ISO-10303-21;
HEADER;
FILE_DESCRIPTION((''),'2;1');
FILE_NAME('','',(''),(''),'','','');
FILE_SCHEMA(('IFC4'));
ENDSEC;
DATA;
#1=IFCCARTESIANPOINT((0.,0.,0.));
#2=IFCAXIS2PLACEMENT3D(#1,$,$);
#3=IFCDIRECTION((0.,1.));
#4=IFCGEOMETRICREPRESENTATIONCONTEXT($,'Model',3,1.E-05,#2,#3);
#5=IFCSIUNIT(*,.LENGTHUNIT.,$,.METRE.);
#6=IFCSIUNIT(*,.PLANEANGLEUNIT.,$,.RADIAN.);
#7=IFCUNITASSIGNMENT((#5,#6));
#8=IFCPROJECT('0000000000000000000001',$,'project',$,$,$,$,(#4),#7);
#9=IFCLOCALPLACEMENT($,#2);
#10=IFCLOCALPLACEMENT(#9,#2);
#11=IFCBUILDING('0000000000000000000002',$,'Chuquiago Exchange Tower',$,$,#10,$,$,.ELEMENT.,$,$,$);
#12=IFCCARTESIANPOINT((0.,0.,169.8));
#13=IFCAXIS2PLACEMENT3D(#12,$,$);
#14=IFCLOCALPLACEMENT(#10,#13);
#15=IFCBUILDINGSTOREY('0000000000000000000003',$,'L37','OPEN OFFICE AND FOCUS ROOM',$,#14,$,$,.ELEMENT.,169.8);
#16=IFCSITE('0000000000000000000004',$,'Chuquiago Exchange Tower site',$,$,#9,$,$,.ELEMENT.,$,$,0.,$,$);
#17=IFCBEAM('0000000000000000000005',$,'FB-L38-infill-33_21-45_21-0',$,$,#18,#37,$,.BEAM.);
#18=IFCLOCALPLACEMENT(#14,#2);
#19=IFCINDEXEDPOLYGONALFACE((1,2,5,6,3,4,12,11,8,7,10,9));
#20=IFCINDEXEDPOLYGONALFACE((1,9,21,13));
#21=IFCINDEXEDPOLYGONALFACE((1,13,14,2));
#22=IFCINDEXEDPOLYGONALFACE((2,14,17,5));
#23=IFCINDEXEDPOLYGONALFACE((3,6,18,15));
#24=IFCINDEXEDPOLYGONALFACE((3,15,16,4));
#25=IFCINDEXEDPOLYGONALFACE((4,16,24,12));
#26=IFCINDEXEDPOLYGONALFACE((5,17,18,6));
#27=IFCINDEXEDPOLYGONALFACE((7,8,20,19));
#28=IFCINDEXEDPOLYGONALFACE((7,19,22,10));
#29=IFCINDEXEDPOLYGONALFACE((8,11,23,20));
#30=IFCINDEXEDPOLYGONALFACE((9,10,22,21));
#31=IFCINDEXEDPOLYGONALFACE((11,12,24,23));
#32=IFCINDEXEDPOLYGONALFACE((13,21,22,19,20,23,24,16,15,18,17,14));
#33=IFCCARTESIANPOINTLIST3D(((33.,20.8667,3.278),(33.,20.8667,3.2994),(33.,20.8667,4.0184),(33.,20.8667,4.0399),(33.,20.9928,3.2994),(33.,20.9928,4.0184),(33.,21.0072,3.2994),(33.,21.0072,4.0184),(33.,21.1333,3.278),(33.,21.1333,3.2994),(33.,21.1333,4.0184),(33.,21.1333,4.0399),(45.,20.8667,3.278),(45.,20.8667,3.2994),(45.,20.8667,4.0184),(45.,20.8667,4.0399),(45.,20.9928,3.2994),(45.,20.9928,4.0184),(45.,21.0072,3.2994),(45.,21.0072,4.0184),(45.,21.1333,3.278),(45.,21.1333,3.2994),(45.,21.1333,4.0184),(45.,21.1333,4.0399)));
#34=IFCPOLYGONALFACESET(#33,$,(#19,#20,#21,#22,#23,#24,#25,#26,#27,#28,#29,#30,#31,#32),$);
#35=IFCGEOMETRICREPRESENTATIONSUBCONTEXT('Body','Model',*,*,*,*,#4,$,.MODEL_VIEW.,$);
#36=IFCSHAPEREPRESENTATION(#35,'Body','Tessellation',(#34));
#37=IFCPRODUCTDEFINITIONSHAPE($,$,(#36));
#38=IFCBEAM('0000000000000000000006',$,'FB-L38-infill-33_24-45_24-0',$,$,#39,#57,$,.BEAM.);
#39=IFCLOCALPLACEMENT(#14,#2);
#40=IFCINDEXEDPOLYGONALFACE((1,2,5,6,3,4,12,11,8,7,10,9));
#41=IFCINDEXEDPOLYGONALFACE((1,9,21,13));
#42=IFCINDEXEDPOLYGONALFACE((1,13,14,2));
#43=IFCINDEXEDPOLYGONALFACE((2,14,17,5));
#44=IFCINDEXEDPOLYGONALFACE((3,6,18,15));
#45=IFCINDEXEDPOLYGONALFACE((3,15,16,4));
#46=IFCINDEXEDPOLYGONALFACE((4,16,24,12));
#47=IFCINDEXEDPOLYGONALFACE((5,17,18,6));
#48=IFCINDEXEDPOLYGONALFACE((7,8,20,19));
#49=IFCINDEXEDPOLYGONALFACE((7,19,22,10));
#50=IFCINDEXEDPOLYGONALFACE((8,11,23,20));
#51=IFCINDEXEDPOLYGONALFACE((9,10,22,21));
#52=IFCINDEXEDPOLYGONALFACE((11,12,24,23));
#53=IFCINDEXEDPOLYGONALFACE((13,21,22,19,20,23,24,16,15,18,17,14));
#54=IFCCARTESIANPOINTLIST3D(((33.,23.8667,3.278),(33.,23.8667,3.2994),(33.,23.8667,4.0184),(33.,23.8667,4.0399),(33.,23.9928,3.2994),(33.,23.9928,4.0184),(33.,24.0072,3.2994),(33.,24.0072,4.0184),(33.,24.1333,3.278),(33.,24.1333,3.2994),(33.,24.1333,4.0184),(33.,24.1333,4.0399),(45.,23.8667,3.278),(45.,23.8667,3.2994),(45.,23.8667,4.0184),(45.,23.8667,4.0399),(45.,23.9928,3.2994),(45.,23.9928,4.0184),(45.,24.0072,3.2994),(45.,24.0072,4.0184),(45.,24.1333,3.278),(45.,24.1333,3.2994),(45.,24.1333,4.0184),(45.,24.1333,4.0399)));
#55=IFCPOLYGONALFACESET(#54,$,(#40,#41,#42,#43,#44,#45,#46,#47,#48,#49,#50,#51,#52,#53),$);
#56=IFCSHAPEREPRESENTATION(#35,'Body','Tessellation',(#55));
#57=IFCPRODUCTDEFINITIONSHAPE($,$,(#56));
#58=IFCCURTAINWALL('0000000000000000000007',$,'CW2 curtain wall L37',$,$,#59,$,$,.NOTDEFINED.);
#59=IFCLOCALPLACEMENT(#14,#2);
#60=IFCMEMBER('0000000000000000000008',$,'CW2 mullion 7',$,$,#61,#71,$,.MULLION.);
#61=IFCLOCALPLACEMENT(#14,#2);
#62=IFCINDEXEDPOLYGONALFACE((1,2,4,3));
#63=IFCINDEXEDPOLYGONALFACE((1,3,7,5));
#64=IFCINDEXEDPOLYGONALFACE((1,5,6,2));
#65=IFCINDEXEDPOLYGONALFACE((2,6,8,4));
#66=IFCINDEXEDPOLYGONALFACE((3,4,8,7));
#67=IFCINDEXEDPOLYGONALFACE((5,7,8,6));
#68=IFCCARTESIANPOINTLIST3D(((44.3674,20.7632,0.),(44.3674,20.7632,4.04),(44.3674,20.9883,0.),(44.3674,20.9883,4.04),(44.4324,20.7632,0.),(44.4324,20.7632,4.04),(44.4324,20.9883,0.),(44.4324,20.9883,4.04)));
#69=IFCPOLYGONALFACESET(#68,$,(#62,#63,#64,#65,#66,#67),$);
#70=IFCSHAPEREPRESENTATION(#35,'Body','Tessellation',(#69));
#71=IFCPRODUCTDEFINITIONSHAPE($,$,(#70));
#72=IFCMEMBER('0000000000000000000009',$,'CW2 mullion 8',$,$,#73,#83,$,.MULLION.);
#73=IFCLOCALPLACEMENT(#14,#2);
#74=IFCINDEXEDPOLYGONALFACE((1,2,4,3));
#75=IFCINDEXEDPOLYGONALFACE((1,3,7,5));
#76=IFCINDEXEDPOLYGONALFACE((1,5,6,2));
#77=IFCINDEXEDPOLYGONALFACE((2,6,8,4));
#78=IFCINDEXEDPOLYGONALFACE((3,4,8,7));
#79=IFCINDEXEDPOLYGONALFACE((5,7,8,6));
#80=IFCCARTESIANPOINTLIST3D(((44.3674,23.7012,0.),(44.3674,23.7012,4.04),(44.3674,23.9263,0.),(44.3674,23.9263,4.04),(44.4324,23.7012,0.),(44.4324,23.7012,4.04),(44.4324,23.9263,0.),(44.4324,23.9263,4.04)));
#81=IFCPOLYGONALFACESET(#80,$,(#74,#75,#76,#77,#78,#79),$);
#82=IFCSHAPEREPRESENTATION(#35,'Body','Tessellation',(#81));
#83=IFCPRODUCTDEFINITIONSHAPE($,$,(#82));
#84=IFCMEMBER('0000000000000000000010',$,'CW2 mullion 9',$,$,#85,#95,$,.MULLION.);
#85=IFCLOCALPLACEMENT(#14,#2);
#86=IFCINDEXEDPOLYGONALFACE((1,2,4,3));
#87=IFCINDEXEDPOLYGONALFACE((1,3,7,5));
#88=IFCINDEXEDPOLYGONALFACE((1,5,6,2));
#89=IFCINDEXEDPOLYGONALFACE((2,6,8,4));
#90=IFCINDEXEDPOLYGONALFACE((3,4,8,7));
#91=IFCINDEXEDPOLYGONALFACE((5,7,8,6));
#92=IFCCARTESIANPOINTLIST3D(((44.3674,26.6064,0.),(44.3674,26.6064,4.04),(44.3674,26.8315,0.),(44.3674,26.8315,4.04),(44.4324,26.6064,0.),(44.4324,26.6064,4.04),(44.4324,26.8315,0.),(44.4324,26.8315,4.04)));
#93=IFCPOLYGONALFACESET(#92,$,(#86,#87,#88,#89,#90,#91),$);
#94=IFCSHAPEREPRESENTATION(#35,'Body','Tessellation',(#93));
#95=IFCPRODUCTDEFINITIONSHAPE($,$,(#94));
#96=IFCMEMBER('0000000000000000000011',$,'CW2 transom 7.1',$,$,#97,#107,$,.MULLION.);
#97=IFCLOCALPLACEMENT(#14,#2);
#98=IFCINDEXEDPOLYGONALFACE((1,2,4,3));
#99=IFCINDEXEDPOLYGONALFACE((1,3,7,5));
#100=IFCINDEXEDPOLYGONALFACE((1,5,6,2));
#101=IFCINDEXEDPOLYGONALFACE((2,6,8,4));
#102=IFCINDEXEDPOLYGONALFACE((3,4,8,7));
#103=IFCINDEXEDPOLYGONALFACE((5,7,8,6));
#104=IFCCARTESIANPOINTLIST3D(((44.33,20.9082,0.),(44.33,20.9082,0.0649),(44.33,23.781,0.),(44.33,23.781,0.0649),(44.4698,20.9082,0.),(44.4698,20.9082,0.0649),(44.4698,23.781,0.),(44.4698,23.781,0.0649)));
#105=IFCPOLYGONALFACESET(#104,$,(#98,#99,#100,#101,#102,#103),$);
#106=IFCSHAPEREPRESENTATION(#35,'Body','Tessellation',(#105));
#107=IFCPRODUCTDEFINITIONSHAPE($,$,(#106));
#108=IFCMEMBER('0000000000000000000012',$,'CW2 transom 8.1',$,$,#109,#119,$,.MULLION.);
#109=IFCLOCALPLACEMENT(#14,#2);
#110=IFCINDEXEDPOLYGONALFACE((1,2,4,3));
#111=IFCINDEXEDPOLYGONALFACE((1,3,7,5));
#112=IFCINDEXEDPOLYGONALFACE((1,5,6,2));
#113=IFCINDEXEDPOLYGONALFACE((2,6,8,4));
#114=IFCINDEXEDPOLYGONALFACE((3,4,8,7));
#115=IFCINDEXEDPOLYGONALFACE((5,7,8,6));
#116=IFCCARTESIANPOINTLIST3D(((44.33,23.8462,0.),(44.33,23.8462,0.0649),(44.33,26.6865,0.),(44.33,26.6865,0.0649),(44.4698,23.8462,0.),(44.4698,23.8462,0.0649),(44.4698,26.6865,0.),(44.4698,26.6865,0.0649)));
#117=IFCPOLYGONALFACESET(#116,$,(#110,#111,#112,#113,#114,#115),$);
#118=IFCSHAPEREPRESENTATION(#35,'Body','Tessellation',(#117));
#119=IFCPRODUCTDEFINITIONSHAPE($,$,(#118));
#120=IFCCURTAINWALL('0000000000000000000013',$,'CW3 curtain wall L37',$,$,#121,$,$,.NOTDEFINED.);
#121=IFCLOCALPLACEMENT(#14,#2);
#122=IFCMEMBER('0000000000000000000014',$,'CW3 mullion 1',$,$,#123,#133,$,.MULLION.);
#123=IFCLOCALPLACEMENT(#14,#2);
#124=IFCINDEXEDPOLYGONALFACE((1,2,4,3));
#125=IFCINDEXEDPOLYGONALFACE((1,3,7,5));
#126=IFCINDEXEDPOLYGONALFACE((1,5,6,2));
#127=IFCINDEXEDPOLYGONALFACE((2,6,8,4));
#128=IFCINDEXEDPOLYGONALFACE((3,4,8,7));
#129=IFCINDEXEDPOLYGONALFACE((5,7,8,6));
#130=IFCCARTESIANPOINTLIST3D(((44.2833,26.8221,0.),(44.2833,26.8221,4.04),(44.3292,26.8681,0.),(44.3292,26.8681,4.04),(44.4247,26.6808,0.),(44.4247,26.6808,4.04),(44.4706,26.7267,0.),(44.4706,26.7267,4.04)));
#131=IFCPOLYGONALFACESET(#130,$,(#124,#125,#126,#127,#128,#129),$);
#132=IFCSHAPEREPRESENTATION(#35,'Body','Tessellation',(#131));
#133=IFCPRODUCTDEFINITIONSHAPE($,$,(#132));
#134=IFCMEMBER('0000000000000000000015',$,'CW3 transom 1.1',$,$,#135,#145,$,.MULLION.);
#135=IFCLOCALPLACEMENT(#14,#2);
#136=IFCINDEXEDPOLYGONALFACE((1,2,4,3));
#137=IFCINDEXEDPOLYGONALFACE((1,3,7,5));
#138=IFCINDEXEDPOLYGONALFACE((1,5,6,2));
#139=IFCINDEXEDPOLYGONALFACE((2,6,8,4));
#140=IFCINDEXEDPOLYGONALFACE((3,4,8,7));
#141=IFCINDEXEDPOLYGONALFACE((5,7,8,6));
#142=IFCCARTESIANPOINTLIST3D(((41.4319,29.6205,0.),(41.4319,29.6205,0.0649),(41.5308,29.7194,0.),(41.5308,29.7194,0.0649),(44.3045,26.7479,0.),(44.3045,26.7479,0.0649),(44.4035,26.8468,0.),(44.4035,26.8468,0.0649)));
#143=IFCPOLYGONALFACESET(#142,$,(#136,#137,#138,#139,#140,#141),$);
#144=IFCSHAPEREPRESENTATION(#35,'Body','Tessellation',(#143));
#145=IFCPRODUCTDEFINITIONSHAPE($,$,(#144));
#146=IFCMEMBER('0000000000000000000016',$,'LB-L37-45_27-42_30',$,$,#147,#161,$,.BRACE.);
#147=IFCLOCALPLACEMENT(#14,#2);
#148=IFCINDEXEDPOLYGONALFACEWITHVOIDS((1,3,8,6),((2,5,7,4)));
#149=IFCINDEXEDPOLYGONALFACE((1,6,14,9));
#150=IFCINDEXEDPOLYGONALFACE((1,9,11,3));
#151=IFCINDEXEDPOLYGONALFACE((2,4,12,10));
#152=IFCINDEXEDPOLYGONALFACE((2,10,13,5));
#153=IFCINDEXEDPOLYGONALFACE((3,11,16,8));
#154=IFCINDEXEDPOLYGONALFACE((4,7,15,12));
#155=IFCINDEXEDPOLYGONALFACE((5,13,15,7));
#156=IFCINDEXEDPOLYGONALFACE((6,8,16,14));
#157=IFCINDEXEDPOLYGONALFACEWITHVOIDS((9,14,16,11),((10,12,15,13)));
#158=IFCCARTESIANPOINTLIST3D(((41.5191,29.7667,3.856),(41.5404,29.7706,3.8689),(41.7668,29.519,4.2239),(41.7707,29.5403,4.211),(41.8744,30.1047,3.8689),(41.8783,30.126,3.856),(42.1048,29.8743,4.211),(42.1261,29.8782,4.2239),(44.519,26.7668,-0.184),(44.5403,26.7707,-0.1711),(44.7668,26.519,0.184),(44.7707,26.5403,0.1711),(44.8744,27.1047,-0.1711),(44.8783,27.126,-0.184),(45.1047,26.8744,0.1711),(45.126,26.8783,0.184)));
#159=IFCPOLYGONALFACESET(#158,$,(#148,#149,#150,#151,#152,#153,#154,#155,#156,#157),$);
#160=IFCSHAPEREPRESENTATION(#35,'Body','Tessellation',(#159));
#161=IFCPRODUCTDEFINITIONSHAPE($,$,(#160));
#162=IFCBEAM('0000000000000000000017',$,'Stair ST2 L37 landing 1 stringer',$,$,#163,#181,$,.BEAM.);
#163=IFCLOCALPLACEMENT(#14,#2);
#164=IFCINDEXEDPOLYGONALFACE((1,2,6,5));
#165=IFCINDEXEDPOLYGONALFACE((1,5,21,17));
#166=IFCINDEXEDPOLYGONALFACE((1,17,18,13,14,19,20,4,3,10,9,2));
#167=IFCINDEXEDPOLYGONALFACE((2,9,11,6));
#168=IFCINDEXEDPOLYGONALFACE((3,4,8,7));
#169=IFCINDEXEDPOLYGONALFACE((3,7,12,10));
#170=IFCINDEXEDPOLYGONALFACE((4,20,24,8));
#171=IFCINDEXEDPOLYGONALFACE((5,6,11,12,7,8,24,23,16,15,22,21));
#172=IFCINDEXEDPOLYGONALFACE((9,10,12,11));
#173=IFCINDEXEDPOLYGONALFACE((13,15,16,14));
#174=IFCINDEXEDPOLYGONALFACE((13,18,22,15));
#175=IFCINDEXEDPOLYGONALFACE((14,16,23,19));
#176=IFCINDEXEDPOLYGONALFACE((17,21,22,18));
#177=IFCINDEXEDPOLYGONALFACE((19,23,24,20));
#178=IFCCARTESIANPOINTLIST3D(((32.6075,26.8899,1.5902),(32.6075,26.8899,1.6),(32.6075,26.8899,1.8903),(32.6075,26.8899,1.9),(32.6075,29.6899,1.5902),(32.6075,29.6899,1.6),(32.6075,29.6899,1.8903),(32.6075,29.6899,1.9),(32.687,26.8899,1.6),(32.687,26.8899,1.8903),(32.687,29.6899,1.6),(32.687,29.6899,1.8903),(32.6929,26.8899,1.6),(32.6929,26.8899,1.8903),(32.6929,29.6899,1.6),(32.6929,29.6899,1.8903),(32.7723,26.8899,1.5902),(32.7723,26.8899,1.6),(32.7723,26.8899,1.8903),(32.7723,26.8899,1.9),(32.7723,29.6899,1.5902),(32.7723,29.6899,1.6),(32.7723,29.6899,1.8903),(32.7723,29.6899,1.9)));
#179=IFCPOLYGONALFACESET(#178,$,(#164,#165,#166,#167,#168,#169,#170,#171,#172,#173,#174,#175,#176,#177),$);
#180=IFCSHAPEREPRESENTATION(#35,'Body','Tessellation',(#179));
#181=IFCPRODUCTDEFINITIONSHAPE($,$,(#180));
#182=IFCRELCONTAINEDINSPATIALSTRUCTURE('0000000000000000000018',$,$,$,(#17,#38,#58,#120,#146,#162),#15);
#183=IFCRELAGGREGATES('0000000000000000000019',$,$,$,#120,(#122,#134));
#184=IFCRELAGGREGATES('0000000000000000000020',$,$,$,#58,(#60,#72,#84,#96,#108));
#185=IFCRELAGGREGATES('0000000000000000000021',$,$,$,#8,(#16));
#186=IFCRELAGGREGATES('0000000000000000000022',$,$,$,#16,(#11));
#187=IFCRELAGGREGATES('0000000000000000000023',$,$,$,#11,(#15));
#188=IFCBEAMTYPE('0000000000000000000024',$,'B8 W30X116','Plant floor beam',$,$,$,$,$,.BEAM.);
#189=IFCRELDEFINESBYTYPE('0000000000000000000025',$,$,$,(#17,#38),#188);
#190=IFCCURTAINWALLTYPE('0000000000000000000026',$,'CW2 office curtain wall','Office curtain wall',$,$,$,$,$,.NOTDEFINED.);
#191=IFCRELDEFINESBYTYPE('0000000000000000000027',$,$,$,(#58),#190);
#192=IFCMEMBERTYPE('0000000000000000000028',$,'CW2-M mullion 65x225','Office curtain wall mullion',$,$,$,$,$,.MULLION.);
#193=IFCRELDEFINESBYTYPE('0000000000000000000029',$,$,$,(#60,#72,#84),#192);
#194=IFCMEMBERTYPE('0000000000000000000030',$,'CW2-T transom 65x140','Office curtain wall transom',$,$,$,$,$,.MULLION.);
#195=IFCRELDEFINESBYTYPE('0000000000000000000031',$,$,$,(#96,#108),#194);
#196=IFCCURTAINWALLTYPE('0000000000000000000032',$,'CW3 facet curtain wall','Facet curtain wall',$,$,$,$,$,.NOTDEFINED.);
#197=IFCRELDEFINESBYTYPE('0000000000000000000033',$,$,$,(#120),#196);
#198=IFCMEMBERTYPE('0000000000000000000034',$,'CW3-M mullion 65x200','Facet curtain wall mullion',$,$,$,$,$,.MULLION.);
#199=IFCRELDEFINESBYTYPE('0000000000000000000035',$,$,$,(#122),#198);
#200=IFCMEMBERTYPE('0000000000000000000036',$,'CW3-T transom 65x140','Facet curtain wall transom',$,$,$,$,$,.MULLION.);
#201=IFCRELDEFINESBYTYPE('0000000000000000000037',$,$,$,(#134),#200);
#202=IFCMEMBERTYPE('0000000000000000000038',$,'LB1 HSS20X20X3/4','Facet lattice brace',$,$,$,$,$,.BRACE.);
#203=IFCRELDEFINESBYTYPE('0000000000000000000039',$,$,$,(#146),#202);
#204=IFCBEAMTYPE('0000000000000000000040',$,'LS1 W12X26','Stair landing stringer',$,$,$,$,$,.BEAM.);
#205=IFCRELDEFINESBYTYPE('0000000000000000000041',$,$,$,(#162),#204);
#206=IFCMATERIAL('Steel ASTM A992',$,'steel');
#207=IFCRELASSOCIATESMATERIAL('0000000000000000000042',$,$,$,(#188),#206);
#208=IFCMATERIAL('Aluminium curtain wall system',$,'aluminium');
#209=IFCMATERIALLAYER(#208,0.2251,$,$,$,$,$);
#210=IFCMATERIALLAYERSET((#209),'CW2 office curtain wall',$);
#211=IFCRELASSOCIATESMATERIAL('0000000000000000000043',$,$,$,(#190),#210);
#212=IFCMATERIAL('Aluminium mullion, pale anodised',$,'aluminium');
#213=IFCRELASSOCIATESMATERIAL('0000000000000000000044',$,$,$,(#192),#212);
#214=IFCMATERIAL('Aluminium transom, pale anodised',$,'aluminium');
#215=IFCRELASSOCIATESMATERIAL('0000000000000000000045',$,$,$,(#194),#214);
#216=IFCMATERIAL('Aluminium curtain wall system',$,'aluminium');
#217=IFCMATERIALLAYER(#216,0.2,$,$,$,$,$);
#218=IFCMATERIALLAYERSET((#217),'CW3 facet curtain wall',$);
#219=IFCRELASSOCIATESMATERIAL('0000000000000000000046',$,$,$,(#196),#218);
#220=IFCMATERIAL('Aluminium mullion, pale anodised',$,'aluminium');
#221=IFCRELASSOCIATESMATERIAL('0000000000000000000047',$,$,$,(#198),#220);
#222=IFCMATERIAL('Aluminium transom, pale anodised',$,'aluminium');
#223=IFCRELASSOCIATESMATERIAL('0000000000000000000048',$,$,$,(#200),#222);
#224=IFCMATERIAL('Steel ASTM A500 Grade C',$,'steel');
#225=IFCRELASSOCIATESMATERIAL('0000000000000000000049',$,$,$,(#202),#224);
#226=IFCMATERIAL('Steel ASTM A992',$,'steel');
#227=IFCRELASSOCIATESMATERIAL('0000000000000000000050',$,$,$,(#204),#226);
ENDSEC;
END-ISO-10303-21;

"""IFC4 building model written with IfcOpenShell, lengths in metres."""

from ifc_helpers import new_model, si_unit, direction, frame, origin, origin_2d, place, context, subcontext, project, spatial, rectangle, hollow_rectangle, i_section, extrude, material, layer, layer_set, material_profile, profile_set, type_object, element, aggregate, save


model = new_model("IFC4")

# Units and contexts
model_context = context("Model", 3, precision=1e-05, world=origin(), true_north=direction((0.0, 1.0)))
body_context = subcontext(model_context, "Body", "Model", "MODEL_VIEW")
ifc_project = project(units=[si_unit("LENGTHUNIT", "METRE"), si_unit("PLANEANGLEUNIT", "RADIAN")], contexts=[model_context])

# Site, building, storey
site_placement = place(None, origin())
site = spatial("IfcSite", under=ifc_project, at=site_placement, Name="Chuquiago Exchange Tower site", CompositionType="ELEMENT", RefElevation=0.0)
building_placement = place(site_placement, origin())
building = spatial("IfcBuilding", under=site, at=building_placement, Name="Chuquiago Exchange Tower", CompositionType="ELEMENT")
storey_placement = place(building_placement, frame((0.0, 0.0, 169.8)))
storey = spatial("IfcBuildingStorey", under=building, at=storey_placement, Name="L37", Description="OPEN OFFICE AND FOCUS ROOM", CompositionType="ELEMENT", Elevation=169.8)

# Beams
ifc_material_1 = material(Name="Steel ASTM A992", Category="steel")
ifc_material_profile_1 = material_profile(ifc_material_1, i_section(OverallWidth=0.2666, OverallDepth=0.762, WebThickness=0.0144, FlangeThickness=0.0215, at=origin_2d()), Name="W30X116")
ifc_profile_set_1 = profile_set([ifc_material_profile_1], Name="Steel ASTM A992")
beam_type_1 = type_object("IfcBeamType", Name="B8 W30X116", Description="Plant floor beam", PredefinedType="BEAM", material=ifc_profile_set_1)
for number, where, z_axis, x_axis, name in (
    (1, (33.0, 21.0, 3.6589), (1.0, 0.0, 0.0), (0.0, 1.0, 0.0), "FB-L38-infill-33_21-45_21-0"),
    (2, (33.0, 24.0, 3.6589), (1.0, 0.0, 0.0), (0.0, 1.0, 0.0), "FB-L38-infill-33_24-45_24-0"),
):
    element("IfcBeam", number, at=place(storey_placement, frame(where, z_axis=z_axis, x_axis=x_axis)), inside=storey, type_object=beam_type_1, Name=name, PredefinedType="BEAM", context=body_context, shape_type="SweptSolid", body=[
        extrude(i_section(OverallWidth=0.2666, OverallDepth=0.762, WebThickness=0.0144, FlangeThickness=0.0215, at=origin_2d()), origin(), (0.0, 0.0, 1.0), 12.0),
    ])

# Curtain walls, members
ifc_material_2 = material(Name="Aluminium curtain wall system", Category="aluminium")
ifc_layer_1 = layer(ifc_material_2, 0.2251)
ifc_layer_set_1 = layer_set([ifc_layer_1], Name="CW2 office curtain wall")
curtain_wall_type_1 = type_object("IfcCurtainWallType", Name="CW2 office curtain wall", Description="Office curtain wall", PredefinedType="NOTDEFINED", material=ifc_layer_set_1)
curtain_wall_1_placement = place(storey_placement, origin())
curtain_wall_1 = element("IfcCurtainWall", 3, at=curtain_wall_1_placement, inside=storey, type_object=curtain_wall_type_1, Name="CW2 curtain wall L37", PredefinedType="NOTDEFINED")
ifc_material_3 = material(Name="Aluminium mullion, pale anodised", Category="aluminium")
ifc_material_profile_2 = material_profile(ifc_material_3, rectangle(XDim=0.0649, YDim=0.2251, at=origin_2d()), Name="AL 65x225")
ifc_profile_set_2 = profile_set([ifc_material_profile_2], Name="Aluminium mullion, pale anodised")
member_type_1 = type_object("IfcMemberType", Name="CW2-M mullion 65x225", Description="Office curtain wall mullion", PredefinedType="MULLION", material=ifc_profile_set_2)
member_1_placement = place(storey_placement, frame((44.3999, 20.8757, 0.0), z_axis=(0.0, 0.0, 1.0), x_axis=(-1.0, 0.0, 0.0)))
member_1 = element("IfcMember", 4, at=member_1_placement, type_object=member_type_1, Name="CW2 mullion 7", PredefinedType="MULLION", context=body_context, shape_type="SweptSolid", body=[
    extrude(rectangle(XDim=0.0649, YDim=0.2251, at=origin_2d()), origin(), (0.0, 0.0, 1.0), 4.04),
])
member_2_placement = place(storey_placement, frame((44.3999, 23.8137, 0.0), z_axis=(0.0, 0.0, 1.0), x_axis=(-1.0, 0.0, 0.0)))
member_2 = element("IfcMember", 5, at=member_2_placement, type_object=member_type_1, Name="CW2 mullion 8", PredefinedType="MULLION", context=body_context, shape_type="SweptSolid", body=[
    extrude(rectangle(XDim=0.0649, YDim=0.2251, at=origin_2d()), origin(), (0.0, 0.0, 1.0), 4.04),
])
member_3_placement = place(storey_placement, frame((44.3999, 26.719, 0.0), z_axis=(0.0, 0.0, 1.0), x_axis=(-1.0, 0.0, 0.0)))
member_3 = element("IfcMember", 6, at=member_3_placement, type_object=member_type_1, Name="CW2 mullion 9", PredefinedType="MULLION", context=body_context, shape_type="SweptSolid", body=[
    extrude(rectangle(XDim=0.0649, YDim=0.2251, at=origin_2d()), origin(), (0.0, 0.0, 1.0), 4.04),
])
ifc_material_4 = material(Name="Aluminium transom, pale anodised", Category="aluminium")
ifc_material_profile_3 = material_profile(ifc_material_4, rectangle(XDim=0.1399, YDim=0.0649, at=origin_2d()), Name="AL 140x65")
ifc_profile_set_3 = profile_set([ifc_material_profile_3], Name="Aluminium transom, pale anodised")
member_type_2 = type_object("IfcMemberType", Name="CW2-T transom 65x140", Description="Office curtain wall transom", PredefinedType="MULLION", material=ifc_profile_set_3)
member_4_placement = place(storey_placement, frame((44.3999, 20.9082, 0.0325), z_axis=(0.0, 1.0, 0.0), x_axis=(-1.0, 0.0, 0.0)))
member_4 = element("IfcMember", 7, at=member_4_placement, type_object=member_type_2, Name="CW2 transom 7.1", PredefinedType="MULLION", context=body_context, shape_type="SweptSolid", body=[
    extrude(rectangle(XDim=0.1399, YDim=0.0649, at=origin_2d()), origin(), (0.0, 0.0, 1.0), 2.8728),
])
member_5_placement = place(storey_placement, frame((44.3999, 23.8462, 0.0325), z_axis=(0.0, 1.0, 0.0), x_axis=(-1.0, 0.0, 0.0)))
member_5 = element("IfcMember", 8, at=member_5_placement, type_object=member_type_2, Name="CW2 transom 8.1", PredefinedType="MULLION", context=body_context, shape_type="SweptSolid", body=[
    extrude(rectangle(XDim=0.1399, YDim=0.0649, at=origin_2d()), origin(), (0.0, 0.0, 1.0), 2.8403),
])
ifc_material_5 = material(Name="Aluminium curtain wall system", Category="aluminium")
ifc_layer_2 = layer(ifc_material_5, 0.2)
ifc_layer_set_2 = layer_set([ifc_layer_2], Name="CW3 facet curtain wall")
curtain_wall_type_2 = type_object("IfcCurtainWallType", Name="CW3 facet curtain wall", Description="Facet curtain wall", PredefinedType="NOTDEFINED", material=ifc_layer_set_2)
curtain_wall_2_placement = place(storey_placement, origin())
curtain_wall_2 = element("IfcCurtainWall", 9, at=curtain_wall_2_placement, inside=storey, type_object=curtain_wall_type_2, Name="CW3 curtain wall L37", PredefinedType="NOTDEFINED")
ifc_material_6 = material(Name="Aluminium mullion, pale anodised", Category="aluminium")
ifc_material_profile_4 = material_profile(ifc_material_6, rectangle(XDim=0.0649, YDim=0.2, at=origin_2d()), Name="AL 65x200")
ifc_profile_set_4 = profile_set([ifc_material_profile_4], Name="Aluminium mullion, pale anodised")
member_type_3 = type_object("IfcMemberType", Name="CW3-M mullion 65x200", Description="Facet curtain wall mullion", PredefinedType="MULLION", material=ifc_profile_set_4)
member_6_placement = place(storey_placement, frame((44.377, 26.7744, 0.0), z_axis=(0.0, 0.0, 1.0), x_axis=(-0.707107, -0.707107, 0.0)))
member_6 = element("IfcMember", 10, at=member_6_placement, type_object=member_type_3, Name="CW3 mullion 1", PredefinedType="MULLION", context=body_context, shape_type="SweptSolid", body=[
    extrude(rectangle(XDim=0.0649, YDim=0.2, at=origin_2d()), origin(), (0.0, 0.0, 1.0), 4.04),
])
ifc_material_7 = material(Name="Aluminium transom, pale anodised", Category="aluminium")
ifc_material_profile_5 = material_profile(ifc_material_7, rectangle(XDim=0.1399, YDim=0.0649, at=origin_2d()), Name="AL 140x65")
ifc_profile_set_5 = profile_set([ifc_material_profile_5], Name="Aluminium transom, pale anodised")
member_type_4 = type_object("IfcMemberType", Name="CW3-T transom 65x140", Description="Facet curtain wall transom", PredefinedType="MULLION", material=ifc_profile_set_5)
member_7_placement = place(storey_placement, frame((44.354, 26.7974, 0.0325), z_axis=(-0.707107, 0.707107, 0.0), x_axis=(-0.707107, -0.707107, 0.0)))
member_7 = element("IfcMember", 11, at=member_7_placement, type_object=member_type_4, Name="CW3 transom 1.1", PredefinedType="MULLION", context=body_context, shape_type="SweptSolid", body=[
    extrude(rectangle(XDim=0.1399, YDim=0.0649, at=origin_2d()), origin(), (0.0, 0.0, 1.0), 4.0625),
])
aggregate(curtain_wall_2, [member_6, member_7])

# Member
ifc_material_8 = material(Name="Steel ASTM A500 Grade C", Category="steel")
ifc_material_profile_6 = material_profile(ifc_material_8, hollow_rectangle(XDim=0.5081, YDim=0.5081, WallThickness=0.0178, at=origin_2d()), Name="HSS20X20X3/4")
ifc_profile_set_6 = profile_set([ifc_material_profile_6], Name="Steel ASTM A500 Grade C")
member_type_5 = type_object("IfcMemberType", Name="LB1 HSS20X20X3/4", Description="Facet lattice brace", PredefinedType="BRACE", material=ifc_profile_set_6)
member_8_placement = place(storey_placement, frame((44.8225, 26.8225, 0.0), z_axis=(-0.512077, 0.512077, 0.689604), x_axis=(-0.707107, -0.707107, 0.0)))
element("IfcMember", 12, at=member_8_placement, inside=storey, type_object=member_type_5, Name="LB-L37-45_27-42_30", PredefinedType="BRACE", context=body_context, shape_type="SweptSolid", body=[
    extrude(hollow_rectangle(XDim=0.5081, YDim=0.5081, WallThickness=0.0178, at=origin_2d()), origin(), (0.0, 0.0, 1.0), 5.8584),
])

# Beam
ifc_material_9 = material(Name="Steel ASTM A992", Category="steel")
ifc_material_profile_7 = material_profile(ifc_material_9, i_section(OverallWidth=0.1648, OverallDepth=0.3098, WebThickness=0.0059, FlangeThickness=0.0098, at=origin_2d()), Name="W12X26")
ifc_profile_set_7 = profile_set([ifc_material_profile_7], Name="Steel ASTM A992")
beam_type_2 = type_object("IfcBeamType", Name="LS1 W12X26", Description="Stair landing stringer", PredefinedType="BEAM", material=ifc_profile_set_7)
beam_1_placement = place(storey_placement, frame((32.6899, 26.8899, 1.7451), z_axis=(0.0, 1.0, 0.0), x_axis=(-1.0, 0.0, 0.0)))
element("IfcBeam", 13, at=beam_1_placement, inside=storey, type_object=beam_type_2, Name="Stair ST2 L37 landing 1 stringer", PredefinedType="BEAM", context=body_context, shape_type="SweptSolid", body=[
    extrude(i_section(OverallWidth=0.1648, OverallDepth=0.3098, WebThickness=0.0059, FlangeThickness=0.0098, at=origin_2d()), origin(), (0.0, 0.0, 1.0), 2.8),
])

aggregate(curtain_wall_1, [member_1, member_2, member_3, member_4, member_5])

save(model, "model.ifc")
